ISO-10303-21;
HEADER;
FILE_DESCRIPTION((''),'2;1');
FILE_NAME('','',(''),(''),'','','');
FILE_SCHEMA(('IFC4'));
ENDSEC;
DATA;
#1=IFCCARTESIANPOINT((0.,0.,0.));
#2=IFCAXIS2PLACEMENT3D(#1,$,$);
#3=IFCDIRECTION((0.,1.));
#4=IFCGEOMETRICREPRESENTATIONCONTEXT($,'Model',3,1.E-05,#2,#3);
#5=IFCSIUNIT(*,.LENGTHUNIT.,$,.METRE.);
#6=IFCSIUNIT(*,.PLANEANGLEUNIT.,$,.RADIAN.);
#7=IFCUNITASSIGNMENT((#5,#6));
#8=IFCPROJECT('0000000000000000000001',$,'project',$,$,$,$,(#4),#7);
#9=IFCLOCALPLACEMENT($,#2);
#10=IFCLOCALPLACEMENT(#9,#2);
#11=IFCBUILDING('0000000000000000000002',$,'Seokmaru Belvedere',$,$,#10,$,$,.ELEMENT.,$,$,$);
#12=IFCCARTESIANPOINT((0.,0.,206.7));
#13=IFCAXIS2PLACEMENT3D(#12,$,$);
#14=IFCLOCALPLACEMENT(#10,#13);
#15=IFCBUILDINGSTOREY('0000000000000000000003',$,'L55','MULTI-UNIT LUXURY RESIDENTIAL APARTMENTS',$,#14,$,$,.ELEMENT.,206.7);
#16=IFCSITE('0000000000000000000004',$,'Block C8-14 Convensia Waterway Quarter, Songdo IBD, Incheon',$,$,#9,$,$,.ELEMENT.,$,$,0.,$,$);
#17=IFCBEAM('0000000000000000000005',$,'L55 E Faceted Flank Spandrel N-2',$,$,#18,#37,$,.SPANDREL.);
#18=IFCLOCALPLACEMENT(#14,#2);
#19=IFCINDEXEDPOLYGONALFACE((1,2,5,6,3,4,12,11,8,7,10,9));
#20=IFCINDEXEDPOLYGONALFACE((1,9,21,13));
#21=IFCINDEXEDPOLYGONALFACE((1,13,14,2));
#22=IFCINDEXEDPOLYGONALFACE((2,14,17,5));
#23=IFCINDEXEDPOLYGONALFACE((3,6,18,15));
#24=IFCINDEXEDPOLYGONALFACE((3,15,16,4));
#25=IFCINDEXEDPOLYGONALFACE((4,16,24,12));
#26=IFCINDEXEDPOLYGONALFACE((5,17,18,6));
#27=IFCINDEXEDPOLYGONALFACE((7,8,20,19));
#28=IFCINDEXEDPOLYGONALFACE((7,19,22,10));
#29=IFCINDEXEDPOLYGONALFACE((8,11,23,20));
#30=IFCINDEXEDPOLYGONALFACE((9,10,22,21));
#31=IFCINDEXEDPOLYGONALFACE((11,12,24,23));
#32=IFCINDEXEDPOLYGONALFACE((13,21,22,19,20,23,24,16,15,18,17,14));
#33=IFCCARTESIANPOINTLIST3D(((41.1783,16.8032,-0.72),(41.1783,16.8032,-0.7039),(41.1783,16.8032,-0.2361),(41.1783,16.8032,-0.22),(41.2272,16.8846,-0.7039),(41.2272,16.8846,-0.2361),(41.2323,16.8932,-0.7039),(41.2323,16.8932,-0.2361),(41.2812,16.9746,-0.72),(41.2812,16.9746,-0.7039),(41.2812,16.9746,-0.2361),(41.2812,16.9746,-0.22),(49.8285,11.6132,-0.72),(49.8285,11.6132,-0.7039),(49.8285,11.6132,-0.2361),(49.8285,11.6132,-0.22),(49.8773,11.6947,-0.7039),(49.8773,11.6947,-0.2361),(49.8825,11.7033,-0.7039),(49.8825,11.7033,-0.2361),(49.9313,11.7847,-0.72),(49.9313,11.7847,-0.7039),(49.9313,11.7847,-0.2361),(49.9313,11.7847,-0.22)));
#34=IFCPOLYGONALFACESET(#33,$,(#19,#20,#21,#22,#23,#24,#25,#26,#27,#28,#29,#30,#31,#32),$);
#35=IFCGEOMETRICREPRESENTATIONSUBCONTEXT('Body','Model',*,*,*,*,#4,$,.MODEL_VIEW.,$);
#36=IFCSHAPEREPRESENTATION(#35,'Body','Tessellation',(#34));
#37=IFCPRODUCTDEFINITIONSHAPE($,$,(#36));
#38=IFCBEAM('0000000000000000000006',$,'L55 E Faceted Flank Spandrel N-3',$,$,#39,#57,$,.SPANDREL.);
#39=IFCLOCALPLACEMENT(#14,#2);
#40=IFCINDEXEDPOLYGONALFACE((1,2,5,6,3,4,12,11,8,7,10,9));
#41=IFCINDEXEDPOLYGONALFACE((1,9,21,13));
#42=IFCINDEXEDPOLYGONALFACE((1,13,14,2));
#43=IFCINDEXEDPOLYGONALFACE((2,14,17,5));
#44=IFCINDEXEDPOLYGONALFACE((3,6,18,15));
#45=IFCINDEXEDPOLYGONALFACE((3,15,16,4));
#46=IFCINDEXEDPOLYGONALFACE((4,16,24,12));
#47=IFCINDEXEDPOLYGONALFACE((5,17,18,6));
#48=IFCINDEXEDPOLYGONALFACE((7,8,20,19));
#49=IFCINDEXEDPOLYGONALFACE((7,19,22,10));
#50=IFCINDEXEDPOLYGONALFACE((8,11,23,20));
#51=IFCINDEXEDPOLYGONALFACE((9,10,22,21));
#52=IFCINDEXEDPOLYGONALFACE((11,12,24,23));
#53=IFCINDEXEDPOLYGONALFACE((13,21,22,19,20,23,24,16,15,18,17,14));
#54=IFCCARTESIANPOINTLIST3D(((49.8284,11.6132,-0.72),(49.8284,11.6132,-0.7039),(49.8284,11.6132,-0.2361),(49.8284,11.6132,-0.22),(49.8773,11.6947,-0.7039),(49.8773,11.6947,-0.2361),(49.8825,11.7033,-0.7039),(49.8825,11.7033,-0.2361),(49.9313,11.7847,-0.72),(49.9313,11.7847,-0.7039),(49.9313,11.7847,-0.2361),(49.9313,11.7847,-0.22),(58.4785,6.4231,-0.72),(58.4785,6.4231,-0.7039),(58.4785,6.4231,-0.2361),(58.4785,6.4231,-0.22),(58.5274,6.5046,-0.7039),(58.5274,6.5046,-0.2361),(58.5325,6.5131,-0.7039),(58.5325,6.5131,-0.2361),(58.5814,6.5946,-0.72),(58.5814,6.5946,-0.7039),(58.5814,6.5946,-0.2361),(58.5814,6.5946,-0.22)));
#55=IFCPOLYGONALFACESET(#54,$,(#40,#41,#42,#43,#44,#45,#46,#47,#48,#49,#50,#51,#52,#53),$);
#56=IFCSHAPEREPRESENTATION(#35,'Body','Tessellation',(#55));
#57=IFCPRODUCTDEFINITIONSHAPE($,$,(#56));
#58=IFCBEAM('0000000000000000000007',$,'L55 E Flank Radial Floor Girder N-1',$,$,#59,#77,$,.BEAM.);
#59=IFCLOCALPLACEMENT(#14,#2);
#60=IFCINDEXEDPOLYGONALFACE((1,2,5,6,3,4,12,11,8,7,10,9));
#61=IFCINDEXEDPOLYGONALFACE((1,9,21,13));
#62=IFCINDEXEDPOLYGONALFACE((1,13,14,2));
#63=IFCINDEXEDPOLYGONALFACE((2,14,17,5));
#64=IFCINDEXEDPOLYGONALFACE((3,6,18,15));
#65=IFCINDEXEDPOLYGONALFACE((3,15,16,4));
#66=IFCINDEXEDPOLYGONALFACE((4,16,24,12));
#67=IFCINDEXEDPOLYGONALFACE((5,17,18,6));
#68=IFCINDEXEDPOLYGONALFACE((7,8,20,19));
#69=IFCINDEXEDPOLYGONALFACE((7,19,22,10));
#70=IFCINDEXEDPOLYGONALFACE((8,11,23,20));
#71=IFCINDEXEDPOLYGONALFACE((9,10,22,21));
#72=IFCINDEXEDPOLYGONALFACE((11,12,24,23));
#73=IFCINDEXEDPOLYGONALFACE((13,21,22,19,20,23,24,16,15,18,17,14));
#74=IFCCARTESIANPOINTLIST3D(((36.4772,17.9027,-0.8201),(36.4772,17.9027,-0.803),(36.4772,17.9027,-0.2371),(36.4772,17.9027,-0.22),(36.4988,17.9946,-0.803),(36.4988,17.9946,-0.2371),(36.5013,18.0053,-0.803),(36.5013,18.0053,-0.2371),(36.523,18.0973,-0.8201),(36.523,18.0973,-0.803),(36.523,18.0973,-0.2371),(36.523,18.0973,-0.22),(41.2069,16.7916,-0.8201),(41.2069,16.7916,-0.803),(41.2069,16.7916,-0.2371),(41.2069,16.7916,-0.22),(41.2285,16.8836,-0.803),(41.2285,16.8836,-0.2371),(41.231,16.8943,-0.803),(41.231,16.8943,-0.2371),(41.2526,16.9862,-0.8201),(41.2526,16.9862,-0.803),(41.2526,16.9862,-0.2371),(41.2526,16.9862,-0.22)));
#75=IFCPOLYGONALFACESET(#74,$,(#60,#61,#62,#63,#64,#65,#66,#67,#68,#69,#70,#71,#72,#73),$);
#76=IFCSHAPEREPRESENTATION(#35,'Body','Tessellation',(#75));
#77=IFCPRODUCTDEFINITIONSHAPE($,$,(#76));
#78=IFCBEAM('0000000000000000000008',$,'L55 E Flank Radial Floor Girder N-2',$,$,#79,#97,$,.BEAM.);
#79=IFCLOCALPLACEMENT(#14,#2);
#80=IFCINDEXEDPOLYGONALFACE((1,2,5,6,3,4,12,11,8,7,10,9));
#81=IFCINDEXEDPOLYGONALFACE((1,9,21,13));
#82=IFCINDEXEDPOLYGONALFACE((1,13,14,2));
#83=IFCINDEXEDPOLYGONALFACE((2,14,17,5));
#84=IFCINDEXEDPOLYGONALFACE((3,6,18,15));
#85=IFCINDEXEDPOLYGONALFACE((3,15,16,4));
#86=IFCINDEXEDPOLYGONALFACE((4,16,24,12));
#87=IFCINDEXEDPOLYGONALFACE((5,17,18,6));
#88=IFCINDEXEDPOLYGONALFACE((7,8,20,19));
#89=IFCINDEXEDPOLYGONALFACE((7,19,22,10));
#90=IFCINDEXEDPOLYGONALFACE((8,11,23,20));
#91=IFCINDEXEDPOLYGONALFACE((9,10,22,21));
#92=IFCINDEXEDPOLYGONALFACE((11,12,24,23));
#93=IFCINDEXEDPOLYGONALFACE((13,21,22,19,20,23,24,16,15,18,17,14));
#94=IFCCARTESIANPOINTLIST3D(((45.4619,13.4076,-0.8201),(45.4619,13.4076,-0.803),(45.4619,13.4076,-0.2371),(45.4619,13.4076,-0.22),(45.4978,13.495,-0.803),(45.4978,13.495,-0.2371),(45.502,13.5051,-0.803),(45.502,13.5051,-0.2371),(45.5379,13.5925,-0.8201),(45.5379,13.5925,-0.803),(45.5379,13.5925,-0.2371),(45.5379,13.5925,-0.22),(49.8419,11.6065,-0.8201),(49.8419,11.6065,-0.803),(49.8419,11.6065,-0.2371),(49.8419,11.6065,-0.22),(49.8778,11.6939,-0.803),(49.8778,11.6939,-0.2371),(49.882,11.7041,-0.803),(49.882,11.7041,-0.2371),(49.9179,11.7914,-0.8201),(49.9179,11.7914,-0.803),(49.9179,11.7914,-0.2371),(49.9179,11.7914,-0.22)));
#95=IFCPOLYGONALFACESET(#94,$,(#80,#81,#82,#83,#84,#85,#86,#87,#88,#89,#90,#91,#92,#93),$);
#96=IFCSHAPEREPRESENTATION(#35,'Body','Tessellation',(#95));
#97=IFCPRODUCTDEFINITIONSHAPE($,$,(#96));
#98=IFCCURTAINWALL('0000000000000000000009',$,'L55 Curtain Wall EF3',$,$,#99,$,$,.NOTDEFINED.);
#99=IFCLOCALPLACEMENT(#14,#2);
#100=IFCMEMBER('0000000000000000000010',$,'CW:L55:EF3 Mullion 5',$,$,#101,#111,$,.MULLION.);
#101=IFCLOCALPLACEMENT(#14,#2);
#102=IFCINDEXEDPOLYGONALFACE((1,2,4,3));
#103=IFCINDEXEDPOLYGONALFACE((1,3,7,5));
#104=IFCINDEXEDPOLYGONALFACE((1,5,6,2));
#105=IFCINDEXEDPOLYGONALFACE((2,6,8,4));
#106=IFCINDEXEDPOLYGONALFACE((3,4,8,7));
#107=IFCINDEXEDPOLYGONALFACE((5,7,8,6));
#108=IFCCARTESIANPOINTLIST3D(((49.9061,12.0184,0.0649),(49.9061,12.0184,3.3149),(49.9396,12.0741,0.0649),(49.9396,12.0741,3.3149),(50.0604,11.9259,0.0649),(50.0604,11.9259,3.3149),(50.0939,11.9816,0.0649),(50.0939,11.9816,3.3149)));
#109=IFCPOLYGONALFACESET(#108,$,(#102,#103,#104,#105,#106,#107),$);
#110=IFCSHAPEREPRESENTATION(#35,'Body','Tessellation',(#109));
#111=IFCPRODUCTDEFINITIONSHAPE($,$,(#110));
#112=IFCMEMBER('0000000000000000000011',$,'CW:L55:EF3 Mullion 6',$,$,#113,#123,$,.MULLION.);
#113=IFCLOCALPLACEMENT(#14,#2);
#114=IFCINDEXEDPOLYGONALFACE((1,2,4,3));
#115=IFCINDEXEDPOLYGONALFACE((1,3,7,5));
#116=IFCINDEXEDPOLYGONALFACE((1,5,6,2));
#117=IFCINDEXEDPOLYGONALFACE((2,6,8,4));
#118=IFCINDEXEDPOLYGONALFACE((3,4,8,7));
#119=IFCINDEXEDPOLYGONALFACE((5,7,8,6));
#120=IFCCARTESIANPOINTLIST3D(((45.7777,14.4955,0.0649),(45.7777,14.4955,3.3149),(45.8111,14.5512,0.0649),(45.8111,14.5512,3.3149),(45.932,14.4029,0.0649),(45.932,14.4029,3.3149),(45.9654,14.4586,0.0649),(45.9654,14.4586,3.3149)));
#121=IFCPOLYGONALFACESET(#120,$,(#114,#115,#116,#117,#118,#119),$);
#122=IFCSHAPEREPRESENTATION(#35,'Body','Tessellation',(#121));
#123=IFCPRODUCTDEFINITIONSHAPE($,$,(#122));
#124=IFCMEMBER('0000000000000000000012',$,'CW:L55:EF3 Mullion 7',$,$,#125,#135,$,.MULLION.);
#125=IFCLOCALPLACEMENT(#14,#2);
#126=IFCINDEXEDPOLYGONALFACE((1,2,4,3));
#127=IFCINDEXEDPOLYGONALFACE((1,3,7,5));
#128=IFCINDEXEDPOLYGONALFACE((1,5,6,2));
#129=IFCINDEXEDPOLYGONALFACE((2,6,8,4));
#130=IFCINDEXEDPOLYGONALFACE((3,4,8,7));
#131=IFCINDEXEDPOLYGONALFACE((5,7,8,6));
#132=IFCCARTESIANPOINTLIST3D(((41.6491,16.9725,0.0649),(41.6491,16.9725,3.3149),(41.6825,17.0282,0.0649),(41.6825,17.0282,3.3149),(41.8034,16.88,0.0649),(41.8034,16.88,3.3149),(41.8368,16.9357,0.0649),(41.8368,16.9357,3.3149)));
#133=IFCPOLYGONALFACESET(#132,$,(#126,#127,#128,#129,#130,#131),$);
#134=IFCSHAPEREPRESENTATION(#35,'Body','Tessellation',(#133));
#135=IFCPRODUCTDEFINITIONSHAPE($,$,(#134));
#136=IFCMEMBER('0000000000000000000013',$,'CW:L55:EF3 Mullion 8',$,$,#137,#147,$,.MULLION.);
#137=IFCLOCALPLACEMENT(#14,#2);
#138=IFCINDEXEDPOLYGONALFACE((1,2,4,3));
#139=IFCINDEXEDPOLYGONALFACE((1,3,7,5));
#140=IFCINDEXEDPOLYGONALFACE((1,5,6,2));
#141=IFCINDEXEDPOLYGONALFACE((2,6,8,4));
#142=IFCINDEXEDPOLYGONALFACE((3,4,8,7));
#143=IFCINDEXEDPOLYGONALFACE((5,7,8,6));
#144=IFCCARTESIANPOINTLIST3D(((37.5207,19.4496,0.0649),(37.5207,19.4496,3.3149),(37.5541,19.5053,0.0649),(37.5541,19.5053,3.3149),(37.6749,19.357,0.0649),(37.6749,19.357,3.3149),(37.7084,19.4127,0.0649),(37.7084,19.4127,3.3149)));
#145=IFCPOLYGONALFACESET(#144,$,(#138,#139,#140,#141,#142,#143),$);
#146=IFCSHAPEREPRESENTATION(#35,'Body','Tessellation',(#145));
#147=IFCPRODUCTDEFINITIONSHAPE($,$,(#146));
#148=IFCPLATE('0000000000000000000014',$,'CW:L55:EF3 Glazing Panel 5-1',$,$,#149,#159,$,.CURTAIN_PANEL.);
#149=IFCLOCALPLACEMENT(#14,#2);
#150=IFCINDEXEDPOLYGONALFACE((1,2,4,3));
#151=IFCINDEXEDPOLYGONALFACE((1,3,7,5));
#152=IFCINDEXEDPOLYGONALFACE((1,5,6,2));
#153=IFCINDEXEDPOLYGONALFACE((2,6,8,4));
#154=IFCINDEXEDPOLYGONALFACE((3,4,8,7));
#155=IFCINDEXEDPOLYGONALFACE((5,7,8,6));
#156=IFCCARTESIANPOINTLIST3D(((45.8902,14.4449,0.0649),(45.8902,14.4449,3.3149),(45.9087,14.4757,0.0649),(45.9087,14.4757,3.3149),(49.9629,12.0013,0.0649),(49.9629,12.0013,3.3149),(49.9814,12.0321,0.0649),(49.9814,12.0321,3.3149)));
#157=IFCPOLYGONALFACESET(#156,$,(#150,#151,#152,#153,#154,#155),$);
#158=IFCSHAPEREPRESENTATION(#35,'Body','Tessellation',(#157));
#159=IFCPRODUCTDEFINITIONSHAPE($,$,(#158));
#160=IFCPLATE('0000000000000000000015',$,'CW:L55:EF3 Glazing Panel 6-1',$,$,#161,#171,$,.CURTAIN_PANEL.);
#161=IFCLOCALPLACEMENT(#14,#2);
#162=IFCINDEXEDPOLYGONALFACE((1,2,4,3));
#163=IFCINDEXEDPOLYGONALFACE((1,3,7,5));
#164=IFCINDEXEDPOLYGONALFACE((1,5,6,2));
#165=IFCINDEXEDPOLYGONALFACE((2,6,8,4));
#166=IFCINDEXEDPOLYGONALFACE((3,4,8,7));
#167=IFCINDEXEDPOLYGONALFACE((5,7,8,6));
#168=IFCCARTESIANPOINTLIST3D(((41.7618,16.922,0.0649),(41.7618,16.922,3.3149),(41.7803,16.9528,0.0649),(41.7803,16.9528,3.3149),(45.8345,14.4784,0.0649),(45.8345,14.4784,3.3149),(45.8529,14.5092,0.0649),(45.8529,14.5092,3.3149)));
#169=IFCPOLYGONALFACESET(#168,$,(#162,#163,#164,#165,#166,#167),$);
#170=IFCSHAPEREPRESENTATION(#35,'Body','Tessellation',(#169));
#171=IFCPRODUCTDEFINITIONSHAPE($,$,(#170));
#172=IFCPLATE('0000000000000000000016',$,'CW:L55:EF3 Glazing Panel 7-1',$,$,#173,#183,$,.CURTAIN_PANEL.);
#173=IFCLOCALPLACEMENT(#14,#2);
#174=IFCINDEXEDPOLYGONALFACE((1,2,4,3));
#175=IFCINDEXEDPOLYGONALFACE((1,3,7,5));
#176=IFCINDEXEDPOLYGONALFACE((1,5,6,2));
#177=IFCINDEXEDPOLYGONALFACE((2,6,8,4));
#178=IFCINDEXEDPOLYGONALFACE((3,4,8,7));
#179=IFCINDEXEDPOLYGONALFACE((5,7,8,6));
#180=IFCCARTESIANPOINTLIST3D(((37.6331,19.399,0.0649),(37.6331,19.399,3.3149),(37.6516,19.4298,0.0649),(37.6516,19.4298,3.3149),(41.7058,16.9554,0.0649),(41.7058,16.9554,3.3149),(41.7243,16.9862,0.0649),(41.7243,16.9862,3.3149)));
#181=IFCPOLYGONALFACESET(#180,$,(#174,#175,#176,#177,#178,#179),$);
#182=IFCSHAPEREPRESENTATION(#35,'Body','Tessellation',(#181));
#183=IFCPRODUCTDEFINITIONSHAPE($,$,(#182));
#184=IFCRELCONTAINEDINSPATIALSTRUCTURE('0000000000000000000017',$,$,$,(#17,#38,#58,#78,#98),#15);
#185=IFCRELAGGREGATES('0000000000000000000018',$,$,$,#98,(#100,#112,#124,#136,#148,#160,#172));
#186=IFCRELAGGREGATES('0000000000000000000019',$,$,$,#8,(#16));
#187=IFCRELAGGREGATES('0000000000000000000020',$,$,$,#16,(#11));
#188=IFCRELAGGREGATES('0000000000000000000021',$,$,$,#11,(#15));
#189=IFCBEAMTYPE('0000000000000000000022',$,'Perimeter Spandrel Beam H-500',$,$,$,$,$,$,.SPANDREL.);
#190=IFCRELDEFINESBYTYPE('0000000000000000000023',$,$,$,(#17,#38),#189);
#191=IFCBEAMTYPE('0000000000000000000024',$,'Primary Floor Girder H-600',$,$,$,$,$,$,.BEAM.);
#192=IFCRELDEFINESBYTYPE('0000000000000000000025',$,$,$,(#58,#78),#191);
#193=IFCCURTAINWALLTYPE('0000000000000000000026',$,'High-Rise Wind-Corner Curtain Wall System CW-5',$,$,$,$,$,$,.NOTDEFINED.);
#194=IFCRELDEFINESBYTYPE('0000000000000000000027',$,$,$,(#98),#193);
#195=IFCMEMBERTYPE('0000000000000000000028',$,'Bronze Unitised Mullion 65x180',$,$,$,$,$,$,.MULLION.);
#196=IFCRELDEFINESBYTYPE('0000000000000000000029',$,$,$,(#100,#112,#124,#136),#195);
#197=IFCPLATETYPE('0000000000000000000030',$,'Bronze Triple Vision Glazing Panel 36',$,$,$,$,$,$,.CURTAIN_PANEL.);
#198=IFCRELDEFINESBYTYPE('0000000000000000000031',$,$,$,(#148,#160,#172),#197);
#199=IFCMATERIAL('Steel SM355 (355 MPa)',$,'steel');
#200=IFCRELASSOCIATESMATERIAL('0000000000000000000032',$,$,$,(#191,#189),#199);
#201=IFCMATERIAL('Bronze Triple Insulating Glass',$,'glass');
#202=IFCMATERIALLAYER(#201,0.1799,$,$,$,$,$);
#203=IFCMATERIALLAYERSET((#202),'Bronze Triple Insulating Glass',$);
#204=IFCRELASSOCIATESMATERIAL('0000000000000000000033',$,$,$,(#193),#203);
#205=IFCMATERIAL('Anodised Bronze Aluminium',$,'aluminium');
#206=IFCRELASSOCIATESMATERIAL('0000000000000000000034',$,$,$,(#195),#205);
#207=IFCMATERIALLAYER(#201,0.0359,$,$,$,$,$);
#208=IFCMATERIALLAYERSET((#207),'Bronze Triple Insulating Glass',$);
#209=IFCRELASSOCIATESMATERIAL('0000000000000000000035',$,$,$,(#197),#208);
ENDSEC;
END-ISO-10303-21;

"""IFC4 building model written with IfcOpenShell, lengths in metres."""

from ifc_helpers import new_model, si_unit, direction, frame, origin, origin_2d, place, context, subcontext, project, spatial, rectangle, i_section, extrude, source, transform, mapped, material, layer, layer_set, material_profile, profile_set, type_object, type_shapes, element, aggregate, save


model = new_model("IFC4")

# Units and contexts
model_context = context("Model", 3, precision=1e-05, world=origin(), true_north=direction((0.0, 1.0)))
body_context = subcontext(model_context, "Body", "Model", "MODEL_VIEW")
ifc_project = project(units=[si_unit("LENGTHUNIT", "METRE"), si_unit("PLANEANGLEUNIT", "RADIAN")], contexts=[model_context])

# Site, building, storey
site_placement = place(None, origin())
site = spatial("IfcSite", under=ifc_project, at=site_placement, Name="Block C8-14 Convensia Waterway Quarter, Songdo IBD, Incheon", CompositionType="ELEMENT", RefElevation=0.0)
building_placement = place(site_placement, origin())
building = spatial("IfcBuilding", under=site, at=building_placement, Name="Seokmaru Belvedere", CompositionType="ELEMENT")
storey_placement = place(building_placement, frame((0.0, 0.0, 206.7)))
storey = spatial("IfcBuildingStorey", under=building, at=storey_placement, Name="L55", Description="MULTI-UNIT LUXURY RESIDENTIAL APARTMENTS", CompositionType="ELEMENT", Elevation=206.7)

# Shared definitions
ifc_material_1 = material(Name="Steel SM355 (355 MPa)", Category="steel")

# Beams
ifc_material_profile_1 = material_profile(ifc_material_1, i_section(OverallWidth=0.2, OverallDepth=0.6001, WebThickness=0.011, FlangeThickness=0.0171, at=origin_2d()), Name="H-600x200x11x17")
ifc_profile_set_1 = profile_set([ifc_material_profile_1], Name="Steel SM355 (355 MPa)")
beam_type_1 = type_object("IfcBeamType", Name="Primary Floor Girder H-600", PredefinedType="BEAM", material=ifc_profile_set_1)
ifc_material_profile_2 = material_profile(ifc_material_1, i_section(OverallWidth=0.2, OverallDepth=0.5, WebThickness=0.01, FlangeThickness=0.0161, at=origin_2d()), Name="H-500x200x10x16")
ifc_profile_set_2 = profile_set([ifc_material_profile_2], Name="Steel SM355 (355 MPa)")
beam_type_2 = type_object("IfcBeamType", Name="Perimeter Spandrel Beam H-500", PredefinedType="SPANDREL", material=ifc_profile_set_2)
shared_shape_1 = source(origin(), body_context, "Body", "SweptSolid", [
    extrude(i_section(OverallWidth=0.2, OverallDepth=0.5, WebThickness=0.01, FlangeThickness=0.0161, at=origin_2d()), origin(), (0.0, 0.0, 1.0), 10.0876),
])
type_shapes(beam_type_2, [shared_shape_1])
for number, where, z_axis, x_axis, name in (
    (1, (41.2297, 16.8889, -0.47), (0.857499, -0.514485, 0.0), (0.514485, 0.857499, 0.0), "L55 E Faceted Flank Spandrel N-2"),
    (2, (49.8799, 11.699, -0.47), (0.857489, -0.514503, 0.0), (0.514503, 0.857489, 0.0), "L55 E Faceted Flank Spandrel N-3"),
):
    element("IfcBeam", number, at=place(storey_placement, frame(where, z_axis=z_axis, x_axis=x_axis)), inside=storey, type_object=beam_type_2, Name=name, PredefinedType="SPANDREL", context=body_context, shape_type="MappedRepresentation", body=[
        mapped(shared_shape_1, transform((0.0, 0.0, 0.0), scale=1.0)),
    ])
shared_shape_2 = source(origin(), body_context, "Body", "SweptSolid", [
    extrude(i_section(OverallWidth=0.2, OverallDepth=0.6001, WebThickness=0.011, FlangeThickness=0.0171, at=origin_2d()), origin(), (0.0, 0.0, 1.0), 4.8584),
])
beam_1_placement = place(storey_placement, frame((41.2297, 16.8889, -0.52), z_axis=(-0.973499, 0.228689, 0.0), x_axis=(-0.228689, -0.973499, 0.0)))
element("IfcBeam", 3, at=beam_1_placement, inside=storey, type_object=beam_type_1, Name="L55 E Flank Radial Floor Girder N-1", PredefinedType="BEAM", context=body_context, shape_type="MappedRepresentation", body=[
    mapped(shared_shape_2, transform((0.0, 0.0, 0.0), scale=1.0)),
])
shared_shape_3 = source(origin(), body_context, "Body", "SweptSolid", [
    extrude(i_section(OverallWidth=0.2, OverallDepth=0.6001, WebThickness=0.011, FlangeThickness=0.0171, at=origin_2d()), origin(), (0.0, 0.0, 1.0), 4.7358),
])
beam_2_placement = place(storey_placement, frame((49.8799, 11.699, -0.52), z_axis=(-0.924861, 0.380306, 0.0), x_axis=(-0.380306, -0.924861, 0.0)))
element("IfcBeam", 4, at=beam_2_placement, inside=storey, type_object=beam_type_1, Name="L55 E Flank Radial Floor Girder N-2", PredefinedType="BEAM", context=body_context, shape_type="MappedRepresentation", body=[
    mapped(shared_shape_3, transform((0.0, 0.0, 0.0), scale=1.0)),
])

# Curtain wall, members, plates
ifc_material_2 = material(Name="Bronze Triple Insulating Glass", Category="glass")
ifc_layer_1 = layer(ifc_material_2, 0.1799)
ifc_layer_set_1 = layer_set([ifc_layer_1], Name="Bronze Triple Insulating Glass")
curtain_wall_type = type_object("IfcCurtainWallType", Name="High-Rise Wind-Corner Curtain Wall System CW-5", PredefinedType="NOTDEFINED", material=ifc_layer_set_1)
curtain_wall_placement = place(storey_placement, origin())
curtain_wall = element("IfcCurtainWall", 5, at=curtain_wall_placement, inside=storey, type_object=curtain_wall_type, Name="L55 Curtain Wall EF3", PredefinedType="NOTDEFINED")
ifc_material_3 = material(Name="Anodised Bronze Aluminium", Category="aluminium")
ifc_material_profile_3 = material_profile(ifc_material_3, rectangle(XDim=0.0649, YDim=0.1799, at=origin_2d()), Name="CW-M-65x180")
ifc_profile_set_3 = profile_set([ifc_material_profile_3], Name="Anodised Bronze Aluminium")
member_type = type_object("IfcMemberType", Name="Bronze Unitised Mullion 65x180", PredefinedType="MULLION", material=ifc_profile_set_3)
shared_shape_4 = source(origin(), body_context, "Body", "SweptSolid", [
    extrude(rectangle(XDim=0.0649, YDim=0.1799, at=origin_2d()), origin(), (0.0, 0.0, 1.0), 3.25),
])
type_shapes(member_type, [shared_shape_4])
member_1_placement = place(storey_placement, frame((50.0, 12.0, 0.0649), z_axis=(0.0, 0.0, 1.0), x_axis=(-0.514495, -0.857493, 0.0)))
member_1 = element("IfcMember", 6, at=member_1_placement, type_object=member_type, Name="CW:L55:EF3 Mullion 5", PredefinedType="MULLION", context=body_context, shape_type="MappedRepresentation", body=[
    mapped(shared_shape_4, transform((0.0, 0.0, 0.0), scale=1.0)),
])
member_2_placement = place(storey_placement, frame((45.8716, 14.4771, 0.0649), z_axis=(0.0, 0.0, 1.0), x_axis=(-0.514495, -0.857493, 0.0)))
member_2 = element("IfcMember", 7, at=member_2_placement, type_object=member_type, Name="CW:L55:EF3 Mullion 6", PredefinedType="MULLION", context=body_context, shape_type="MappedRepresentation", body=[
    mapped(shared_shape_4, transform((0.0, 0.0, 0.0), scale=1.0)),
])
member_3_placement = place(storey_placement, frame((41.7429, 16.9541, 0.0649), z_axis=(0.0, 0.0, 1.0), x_axis=(-0.514495, -0.857493, 0.0)))
member_3 = element("IfcMember", 8, at=member_3_placement, type_object=member_type, Name="CW:L55:EF3 Mullion 7", PredefinedType="MULLION", context=body_context, shape_type="MappedRepresentation", body=[
    mapped(shared_shape_4, transform((0.0, 0.0, 0.0), scale=1.0)),
])
member_4_placement = place(storey_placement, frame((37.6145, 19.4312, 0.0649), z_axis=(0.0, 0.0, 1.0), x_axis=(-0.514495, -0.857493, 0.0)))
member_4 = element("IfcMember", 9, at=member_4_placement, type_object=member_type, Name="CW:L55:EF3 Mullion 8", PredefinedType="MULLION", context=body_context, shape_type="MappedRepresentation", body=[
    mapped(shared_shape_4, transform((0.0, 0.0, 0.0), scale=1.0)),
])
ifc_layer_2 = layer(ifc_material_2, 0.0359)
ifc_layer_set_2 = layer_set([ifc_layer_2], Name="Bronze Triple Insulating Glass")
plate_type = type_object("IfcPlateType", Name="Bronze Triple Vision Glazing Panel 36", PredefinedType="CURTAIN_PANEL", material=ifc_layer_set_2)
shared_shape_5 = source(origin(), body_context, "Body", "SweptSolid", [
    extrude(rectangle(XDim=4.7495, YDim=0.0359, at=origin_2d()), origin(), (0.0, 0.0, 1.0), 3.25),
])
type_shapes(plate_type, [shared_shape_5])
plate_1_placement = place(storey_placement, frame((47.9358, 13.2385, 0.0649), z_axis=(0.0, 0.0, 1.0), x_axis=(-0.857493, 0.514495, 0.0)))
plate_1 = element("IfcPlate", 10, at=plate_1_placement, type_object=plate_type, Name="CW:L55:EF3 Glazing Panel 5-1", PredefinedType="CURTAIN_PANEL", context=body_context, shape_type="MappedRepresentation", body=[
    mapped(shared_shape_5, transform((0.0, 0.0, 0.0), scale=1.0)),
])
plate_2_placement = place(storey_placement, frame((43.8074, 15.7156, 0.0649), z_axis=(0.0, 0.0, 1.0), x_axis=(-0.857493, 0.514495, 0.0)))
plate_2 = element("IfcPlate", 11, at=plate_2_placement, type_object=plate_type, Name="CW:L55:EF3 Glazing Panel 6-1", PredefinedType="CURTAIN_PANEL", context=body_context, shape_type="MappedRepresentation", body=[
    mapped(shared_shape_5, transform((0.0, 0.0, 0.0), scale=1.0)),
])
plate_3_placement = place(storey_placement, frame((39.6787, 18.1926, 0.0649), z_axis=(0.0, 0.0, 1.0), x_axis=(-0.857493, 0.514495, 0.0)))
plate_3 = element("IfcPlate", 12, at=plate_3_placement, type_object=plate_type, Name="CW:L55:EF3 Glazing Panel 7-1", PredefinedType="CURTAIN_PANEL", context=body_context, shape_type="MappedRepresentation", body=[
    mapped(shared_shape_5, transform((0.0, 0.0, 0.0), scale=1.0)),
])
aggregate(curtain_wall, [member_1, member_2, member_3, member_4, plate_1, plate_2, plate_3])

save(model, "model.ifc")
